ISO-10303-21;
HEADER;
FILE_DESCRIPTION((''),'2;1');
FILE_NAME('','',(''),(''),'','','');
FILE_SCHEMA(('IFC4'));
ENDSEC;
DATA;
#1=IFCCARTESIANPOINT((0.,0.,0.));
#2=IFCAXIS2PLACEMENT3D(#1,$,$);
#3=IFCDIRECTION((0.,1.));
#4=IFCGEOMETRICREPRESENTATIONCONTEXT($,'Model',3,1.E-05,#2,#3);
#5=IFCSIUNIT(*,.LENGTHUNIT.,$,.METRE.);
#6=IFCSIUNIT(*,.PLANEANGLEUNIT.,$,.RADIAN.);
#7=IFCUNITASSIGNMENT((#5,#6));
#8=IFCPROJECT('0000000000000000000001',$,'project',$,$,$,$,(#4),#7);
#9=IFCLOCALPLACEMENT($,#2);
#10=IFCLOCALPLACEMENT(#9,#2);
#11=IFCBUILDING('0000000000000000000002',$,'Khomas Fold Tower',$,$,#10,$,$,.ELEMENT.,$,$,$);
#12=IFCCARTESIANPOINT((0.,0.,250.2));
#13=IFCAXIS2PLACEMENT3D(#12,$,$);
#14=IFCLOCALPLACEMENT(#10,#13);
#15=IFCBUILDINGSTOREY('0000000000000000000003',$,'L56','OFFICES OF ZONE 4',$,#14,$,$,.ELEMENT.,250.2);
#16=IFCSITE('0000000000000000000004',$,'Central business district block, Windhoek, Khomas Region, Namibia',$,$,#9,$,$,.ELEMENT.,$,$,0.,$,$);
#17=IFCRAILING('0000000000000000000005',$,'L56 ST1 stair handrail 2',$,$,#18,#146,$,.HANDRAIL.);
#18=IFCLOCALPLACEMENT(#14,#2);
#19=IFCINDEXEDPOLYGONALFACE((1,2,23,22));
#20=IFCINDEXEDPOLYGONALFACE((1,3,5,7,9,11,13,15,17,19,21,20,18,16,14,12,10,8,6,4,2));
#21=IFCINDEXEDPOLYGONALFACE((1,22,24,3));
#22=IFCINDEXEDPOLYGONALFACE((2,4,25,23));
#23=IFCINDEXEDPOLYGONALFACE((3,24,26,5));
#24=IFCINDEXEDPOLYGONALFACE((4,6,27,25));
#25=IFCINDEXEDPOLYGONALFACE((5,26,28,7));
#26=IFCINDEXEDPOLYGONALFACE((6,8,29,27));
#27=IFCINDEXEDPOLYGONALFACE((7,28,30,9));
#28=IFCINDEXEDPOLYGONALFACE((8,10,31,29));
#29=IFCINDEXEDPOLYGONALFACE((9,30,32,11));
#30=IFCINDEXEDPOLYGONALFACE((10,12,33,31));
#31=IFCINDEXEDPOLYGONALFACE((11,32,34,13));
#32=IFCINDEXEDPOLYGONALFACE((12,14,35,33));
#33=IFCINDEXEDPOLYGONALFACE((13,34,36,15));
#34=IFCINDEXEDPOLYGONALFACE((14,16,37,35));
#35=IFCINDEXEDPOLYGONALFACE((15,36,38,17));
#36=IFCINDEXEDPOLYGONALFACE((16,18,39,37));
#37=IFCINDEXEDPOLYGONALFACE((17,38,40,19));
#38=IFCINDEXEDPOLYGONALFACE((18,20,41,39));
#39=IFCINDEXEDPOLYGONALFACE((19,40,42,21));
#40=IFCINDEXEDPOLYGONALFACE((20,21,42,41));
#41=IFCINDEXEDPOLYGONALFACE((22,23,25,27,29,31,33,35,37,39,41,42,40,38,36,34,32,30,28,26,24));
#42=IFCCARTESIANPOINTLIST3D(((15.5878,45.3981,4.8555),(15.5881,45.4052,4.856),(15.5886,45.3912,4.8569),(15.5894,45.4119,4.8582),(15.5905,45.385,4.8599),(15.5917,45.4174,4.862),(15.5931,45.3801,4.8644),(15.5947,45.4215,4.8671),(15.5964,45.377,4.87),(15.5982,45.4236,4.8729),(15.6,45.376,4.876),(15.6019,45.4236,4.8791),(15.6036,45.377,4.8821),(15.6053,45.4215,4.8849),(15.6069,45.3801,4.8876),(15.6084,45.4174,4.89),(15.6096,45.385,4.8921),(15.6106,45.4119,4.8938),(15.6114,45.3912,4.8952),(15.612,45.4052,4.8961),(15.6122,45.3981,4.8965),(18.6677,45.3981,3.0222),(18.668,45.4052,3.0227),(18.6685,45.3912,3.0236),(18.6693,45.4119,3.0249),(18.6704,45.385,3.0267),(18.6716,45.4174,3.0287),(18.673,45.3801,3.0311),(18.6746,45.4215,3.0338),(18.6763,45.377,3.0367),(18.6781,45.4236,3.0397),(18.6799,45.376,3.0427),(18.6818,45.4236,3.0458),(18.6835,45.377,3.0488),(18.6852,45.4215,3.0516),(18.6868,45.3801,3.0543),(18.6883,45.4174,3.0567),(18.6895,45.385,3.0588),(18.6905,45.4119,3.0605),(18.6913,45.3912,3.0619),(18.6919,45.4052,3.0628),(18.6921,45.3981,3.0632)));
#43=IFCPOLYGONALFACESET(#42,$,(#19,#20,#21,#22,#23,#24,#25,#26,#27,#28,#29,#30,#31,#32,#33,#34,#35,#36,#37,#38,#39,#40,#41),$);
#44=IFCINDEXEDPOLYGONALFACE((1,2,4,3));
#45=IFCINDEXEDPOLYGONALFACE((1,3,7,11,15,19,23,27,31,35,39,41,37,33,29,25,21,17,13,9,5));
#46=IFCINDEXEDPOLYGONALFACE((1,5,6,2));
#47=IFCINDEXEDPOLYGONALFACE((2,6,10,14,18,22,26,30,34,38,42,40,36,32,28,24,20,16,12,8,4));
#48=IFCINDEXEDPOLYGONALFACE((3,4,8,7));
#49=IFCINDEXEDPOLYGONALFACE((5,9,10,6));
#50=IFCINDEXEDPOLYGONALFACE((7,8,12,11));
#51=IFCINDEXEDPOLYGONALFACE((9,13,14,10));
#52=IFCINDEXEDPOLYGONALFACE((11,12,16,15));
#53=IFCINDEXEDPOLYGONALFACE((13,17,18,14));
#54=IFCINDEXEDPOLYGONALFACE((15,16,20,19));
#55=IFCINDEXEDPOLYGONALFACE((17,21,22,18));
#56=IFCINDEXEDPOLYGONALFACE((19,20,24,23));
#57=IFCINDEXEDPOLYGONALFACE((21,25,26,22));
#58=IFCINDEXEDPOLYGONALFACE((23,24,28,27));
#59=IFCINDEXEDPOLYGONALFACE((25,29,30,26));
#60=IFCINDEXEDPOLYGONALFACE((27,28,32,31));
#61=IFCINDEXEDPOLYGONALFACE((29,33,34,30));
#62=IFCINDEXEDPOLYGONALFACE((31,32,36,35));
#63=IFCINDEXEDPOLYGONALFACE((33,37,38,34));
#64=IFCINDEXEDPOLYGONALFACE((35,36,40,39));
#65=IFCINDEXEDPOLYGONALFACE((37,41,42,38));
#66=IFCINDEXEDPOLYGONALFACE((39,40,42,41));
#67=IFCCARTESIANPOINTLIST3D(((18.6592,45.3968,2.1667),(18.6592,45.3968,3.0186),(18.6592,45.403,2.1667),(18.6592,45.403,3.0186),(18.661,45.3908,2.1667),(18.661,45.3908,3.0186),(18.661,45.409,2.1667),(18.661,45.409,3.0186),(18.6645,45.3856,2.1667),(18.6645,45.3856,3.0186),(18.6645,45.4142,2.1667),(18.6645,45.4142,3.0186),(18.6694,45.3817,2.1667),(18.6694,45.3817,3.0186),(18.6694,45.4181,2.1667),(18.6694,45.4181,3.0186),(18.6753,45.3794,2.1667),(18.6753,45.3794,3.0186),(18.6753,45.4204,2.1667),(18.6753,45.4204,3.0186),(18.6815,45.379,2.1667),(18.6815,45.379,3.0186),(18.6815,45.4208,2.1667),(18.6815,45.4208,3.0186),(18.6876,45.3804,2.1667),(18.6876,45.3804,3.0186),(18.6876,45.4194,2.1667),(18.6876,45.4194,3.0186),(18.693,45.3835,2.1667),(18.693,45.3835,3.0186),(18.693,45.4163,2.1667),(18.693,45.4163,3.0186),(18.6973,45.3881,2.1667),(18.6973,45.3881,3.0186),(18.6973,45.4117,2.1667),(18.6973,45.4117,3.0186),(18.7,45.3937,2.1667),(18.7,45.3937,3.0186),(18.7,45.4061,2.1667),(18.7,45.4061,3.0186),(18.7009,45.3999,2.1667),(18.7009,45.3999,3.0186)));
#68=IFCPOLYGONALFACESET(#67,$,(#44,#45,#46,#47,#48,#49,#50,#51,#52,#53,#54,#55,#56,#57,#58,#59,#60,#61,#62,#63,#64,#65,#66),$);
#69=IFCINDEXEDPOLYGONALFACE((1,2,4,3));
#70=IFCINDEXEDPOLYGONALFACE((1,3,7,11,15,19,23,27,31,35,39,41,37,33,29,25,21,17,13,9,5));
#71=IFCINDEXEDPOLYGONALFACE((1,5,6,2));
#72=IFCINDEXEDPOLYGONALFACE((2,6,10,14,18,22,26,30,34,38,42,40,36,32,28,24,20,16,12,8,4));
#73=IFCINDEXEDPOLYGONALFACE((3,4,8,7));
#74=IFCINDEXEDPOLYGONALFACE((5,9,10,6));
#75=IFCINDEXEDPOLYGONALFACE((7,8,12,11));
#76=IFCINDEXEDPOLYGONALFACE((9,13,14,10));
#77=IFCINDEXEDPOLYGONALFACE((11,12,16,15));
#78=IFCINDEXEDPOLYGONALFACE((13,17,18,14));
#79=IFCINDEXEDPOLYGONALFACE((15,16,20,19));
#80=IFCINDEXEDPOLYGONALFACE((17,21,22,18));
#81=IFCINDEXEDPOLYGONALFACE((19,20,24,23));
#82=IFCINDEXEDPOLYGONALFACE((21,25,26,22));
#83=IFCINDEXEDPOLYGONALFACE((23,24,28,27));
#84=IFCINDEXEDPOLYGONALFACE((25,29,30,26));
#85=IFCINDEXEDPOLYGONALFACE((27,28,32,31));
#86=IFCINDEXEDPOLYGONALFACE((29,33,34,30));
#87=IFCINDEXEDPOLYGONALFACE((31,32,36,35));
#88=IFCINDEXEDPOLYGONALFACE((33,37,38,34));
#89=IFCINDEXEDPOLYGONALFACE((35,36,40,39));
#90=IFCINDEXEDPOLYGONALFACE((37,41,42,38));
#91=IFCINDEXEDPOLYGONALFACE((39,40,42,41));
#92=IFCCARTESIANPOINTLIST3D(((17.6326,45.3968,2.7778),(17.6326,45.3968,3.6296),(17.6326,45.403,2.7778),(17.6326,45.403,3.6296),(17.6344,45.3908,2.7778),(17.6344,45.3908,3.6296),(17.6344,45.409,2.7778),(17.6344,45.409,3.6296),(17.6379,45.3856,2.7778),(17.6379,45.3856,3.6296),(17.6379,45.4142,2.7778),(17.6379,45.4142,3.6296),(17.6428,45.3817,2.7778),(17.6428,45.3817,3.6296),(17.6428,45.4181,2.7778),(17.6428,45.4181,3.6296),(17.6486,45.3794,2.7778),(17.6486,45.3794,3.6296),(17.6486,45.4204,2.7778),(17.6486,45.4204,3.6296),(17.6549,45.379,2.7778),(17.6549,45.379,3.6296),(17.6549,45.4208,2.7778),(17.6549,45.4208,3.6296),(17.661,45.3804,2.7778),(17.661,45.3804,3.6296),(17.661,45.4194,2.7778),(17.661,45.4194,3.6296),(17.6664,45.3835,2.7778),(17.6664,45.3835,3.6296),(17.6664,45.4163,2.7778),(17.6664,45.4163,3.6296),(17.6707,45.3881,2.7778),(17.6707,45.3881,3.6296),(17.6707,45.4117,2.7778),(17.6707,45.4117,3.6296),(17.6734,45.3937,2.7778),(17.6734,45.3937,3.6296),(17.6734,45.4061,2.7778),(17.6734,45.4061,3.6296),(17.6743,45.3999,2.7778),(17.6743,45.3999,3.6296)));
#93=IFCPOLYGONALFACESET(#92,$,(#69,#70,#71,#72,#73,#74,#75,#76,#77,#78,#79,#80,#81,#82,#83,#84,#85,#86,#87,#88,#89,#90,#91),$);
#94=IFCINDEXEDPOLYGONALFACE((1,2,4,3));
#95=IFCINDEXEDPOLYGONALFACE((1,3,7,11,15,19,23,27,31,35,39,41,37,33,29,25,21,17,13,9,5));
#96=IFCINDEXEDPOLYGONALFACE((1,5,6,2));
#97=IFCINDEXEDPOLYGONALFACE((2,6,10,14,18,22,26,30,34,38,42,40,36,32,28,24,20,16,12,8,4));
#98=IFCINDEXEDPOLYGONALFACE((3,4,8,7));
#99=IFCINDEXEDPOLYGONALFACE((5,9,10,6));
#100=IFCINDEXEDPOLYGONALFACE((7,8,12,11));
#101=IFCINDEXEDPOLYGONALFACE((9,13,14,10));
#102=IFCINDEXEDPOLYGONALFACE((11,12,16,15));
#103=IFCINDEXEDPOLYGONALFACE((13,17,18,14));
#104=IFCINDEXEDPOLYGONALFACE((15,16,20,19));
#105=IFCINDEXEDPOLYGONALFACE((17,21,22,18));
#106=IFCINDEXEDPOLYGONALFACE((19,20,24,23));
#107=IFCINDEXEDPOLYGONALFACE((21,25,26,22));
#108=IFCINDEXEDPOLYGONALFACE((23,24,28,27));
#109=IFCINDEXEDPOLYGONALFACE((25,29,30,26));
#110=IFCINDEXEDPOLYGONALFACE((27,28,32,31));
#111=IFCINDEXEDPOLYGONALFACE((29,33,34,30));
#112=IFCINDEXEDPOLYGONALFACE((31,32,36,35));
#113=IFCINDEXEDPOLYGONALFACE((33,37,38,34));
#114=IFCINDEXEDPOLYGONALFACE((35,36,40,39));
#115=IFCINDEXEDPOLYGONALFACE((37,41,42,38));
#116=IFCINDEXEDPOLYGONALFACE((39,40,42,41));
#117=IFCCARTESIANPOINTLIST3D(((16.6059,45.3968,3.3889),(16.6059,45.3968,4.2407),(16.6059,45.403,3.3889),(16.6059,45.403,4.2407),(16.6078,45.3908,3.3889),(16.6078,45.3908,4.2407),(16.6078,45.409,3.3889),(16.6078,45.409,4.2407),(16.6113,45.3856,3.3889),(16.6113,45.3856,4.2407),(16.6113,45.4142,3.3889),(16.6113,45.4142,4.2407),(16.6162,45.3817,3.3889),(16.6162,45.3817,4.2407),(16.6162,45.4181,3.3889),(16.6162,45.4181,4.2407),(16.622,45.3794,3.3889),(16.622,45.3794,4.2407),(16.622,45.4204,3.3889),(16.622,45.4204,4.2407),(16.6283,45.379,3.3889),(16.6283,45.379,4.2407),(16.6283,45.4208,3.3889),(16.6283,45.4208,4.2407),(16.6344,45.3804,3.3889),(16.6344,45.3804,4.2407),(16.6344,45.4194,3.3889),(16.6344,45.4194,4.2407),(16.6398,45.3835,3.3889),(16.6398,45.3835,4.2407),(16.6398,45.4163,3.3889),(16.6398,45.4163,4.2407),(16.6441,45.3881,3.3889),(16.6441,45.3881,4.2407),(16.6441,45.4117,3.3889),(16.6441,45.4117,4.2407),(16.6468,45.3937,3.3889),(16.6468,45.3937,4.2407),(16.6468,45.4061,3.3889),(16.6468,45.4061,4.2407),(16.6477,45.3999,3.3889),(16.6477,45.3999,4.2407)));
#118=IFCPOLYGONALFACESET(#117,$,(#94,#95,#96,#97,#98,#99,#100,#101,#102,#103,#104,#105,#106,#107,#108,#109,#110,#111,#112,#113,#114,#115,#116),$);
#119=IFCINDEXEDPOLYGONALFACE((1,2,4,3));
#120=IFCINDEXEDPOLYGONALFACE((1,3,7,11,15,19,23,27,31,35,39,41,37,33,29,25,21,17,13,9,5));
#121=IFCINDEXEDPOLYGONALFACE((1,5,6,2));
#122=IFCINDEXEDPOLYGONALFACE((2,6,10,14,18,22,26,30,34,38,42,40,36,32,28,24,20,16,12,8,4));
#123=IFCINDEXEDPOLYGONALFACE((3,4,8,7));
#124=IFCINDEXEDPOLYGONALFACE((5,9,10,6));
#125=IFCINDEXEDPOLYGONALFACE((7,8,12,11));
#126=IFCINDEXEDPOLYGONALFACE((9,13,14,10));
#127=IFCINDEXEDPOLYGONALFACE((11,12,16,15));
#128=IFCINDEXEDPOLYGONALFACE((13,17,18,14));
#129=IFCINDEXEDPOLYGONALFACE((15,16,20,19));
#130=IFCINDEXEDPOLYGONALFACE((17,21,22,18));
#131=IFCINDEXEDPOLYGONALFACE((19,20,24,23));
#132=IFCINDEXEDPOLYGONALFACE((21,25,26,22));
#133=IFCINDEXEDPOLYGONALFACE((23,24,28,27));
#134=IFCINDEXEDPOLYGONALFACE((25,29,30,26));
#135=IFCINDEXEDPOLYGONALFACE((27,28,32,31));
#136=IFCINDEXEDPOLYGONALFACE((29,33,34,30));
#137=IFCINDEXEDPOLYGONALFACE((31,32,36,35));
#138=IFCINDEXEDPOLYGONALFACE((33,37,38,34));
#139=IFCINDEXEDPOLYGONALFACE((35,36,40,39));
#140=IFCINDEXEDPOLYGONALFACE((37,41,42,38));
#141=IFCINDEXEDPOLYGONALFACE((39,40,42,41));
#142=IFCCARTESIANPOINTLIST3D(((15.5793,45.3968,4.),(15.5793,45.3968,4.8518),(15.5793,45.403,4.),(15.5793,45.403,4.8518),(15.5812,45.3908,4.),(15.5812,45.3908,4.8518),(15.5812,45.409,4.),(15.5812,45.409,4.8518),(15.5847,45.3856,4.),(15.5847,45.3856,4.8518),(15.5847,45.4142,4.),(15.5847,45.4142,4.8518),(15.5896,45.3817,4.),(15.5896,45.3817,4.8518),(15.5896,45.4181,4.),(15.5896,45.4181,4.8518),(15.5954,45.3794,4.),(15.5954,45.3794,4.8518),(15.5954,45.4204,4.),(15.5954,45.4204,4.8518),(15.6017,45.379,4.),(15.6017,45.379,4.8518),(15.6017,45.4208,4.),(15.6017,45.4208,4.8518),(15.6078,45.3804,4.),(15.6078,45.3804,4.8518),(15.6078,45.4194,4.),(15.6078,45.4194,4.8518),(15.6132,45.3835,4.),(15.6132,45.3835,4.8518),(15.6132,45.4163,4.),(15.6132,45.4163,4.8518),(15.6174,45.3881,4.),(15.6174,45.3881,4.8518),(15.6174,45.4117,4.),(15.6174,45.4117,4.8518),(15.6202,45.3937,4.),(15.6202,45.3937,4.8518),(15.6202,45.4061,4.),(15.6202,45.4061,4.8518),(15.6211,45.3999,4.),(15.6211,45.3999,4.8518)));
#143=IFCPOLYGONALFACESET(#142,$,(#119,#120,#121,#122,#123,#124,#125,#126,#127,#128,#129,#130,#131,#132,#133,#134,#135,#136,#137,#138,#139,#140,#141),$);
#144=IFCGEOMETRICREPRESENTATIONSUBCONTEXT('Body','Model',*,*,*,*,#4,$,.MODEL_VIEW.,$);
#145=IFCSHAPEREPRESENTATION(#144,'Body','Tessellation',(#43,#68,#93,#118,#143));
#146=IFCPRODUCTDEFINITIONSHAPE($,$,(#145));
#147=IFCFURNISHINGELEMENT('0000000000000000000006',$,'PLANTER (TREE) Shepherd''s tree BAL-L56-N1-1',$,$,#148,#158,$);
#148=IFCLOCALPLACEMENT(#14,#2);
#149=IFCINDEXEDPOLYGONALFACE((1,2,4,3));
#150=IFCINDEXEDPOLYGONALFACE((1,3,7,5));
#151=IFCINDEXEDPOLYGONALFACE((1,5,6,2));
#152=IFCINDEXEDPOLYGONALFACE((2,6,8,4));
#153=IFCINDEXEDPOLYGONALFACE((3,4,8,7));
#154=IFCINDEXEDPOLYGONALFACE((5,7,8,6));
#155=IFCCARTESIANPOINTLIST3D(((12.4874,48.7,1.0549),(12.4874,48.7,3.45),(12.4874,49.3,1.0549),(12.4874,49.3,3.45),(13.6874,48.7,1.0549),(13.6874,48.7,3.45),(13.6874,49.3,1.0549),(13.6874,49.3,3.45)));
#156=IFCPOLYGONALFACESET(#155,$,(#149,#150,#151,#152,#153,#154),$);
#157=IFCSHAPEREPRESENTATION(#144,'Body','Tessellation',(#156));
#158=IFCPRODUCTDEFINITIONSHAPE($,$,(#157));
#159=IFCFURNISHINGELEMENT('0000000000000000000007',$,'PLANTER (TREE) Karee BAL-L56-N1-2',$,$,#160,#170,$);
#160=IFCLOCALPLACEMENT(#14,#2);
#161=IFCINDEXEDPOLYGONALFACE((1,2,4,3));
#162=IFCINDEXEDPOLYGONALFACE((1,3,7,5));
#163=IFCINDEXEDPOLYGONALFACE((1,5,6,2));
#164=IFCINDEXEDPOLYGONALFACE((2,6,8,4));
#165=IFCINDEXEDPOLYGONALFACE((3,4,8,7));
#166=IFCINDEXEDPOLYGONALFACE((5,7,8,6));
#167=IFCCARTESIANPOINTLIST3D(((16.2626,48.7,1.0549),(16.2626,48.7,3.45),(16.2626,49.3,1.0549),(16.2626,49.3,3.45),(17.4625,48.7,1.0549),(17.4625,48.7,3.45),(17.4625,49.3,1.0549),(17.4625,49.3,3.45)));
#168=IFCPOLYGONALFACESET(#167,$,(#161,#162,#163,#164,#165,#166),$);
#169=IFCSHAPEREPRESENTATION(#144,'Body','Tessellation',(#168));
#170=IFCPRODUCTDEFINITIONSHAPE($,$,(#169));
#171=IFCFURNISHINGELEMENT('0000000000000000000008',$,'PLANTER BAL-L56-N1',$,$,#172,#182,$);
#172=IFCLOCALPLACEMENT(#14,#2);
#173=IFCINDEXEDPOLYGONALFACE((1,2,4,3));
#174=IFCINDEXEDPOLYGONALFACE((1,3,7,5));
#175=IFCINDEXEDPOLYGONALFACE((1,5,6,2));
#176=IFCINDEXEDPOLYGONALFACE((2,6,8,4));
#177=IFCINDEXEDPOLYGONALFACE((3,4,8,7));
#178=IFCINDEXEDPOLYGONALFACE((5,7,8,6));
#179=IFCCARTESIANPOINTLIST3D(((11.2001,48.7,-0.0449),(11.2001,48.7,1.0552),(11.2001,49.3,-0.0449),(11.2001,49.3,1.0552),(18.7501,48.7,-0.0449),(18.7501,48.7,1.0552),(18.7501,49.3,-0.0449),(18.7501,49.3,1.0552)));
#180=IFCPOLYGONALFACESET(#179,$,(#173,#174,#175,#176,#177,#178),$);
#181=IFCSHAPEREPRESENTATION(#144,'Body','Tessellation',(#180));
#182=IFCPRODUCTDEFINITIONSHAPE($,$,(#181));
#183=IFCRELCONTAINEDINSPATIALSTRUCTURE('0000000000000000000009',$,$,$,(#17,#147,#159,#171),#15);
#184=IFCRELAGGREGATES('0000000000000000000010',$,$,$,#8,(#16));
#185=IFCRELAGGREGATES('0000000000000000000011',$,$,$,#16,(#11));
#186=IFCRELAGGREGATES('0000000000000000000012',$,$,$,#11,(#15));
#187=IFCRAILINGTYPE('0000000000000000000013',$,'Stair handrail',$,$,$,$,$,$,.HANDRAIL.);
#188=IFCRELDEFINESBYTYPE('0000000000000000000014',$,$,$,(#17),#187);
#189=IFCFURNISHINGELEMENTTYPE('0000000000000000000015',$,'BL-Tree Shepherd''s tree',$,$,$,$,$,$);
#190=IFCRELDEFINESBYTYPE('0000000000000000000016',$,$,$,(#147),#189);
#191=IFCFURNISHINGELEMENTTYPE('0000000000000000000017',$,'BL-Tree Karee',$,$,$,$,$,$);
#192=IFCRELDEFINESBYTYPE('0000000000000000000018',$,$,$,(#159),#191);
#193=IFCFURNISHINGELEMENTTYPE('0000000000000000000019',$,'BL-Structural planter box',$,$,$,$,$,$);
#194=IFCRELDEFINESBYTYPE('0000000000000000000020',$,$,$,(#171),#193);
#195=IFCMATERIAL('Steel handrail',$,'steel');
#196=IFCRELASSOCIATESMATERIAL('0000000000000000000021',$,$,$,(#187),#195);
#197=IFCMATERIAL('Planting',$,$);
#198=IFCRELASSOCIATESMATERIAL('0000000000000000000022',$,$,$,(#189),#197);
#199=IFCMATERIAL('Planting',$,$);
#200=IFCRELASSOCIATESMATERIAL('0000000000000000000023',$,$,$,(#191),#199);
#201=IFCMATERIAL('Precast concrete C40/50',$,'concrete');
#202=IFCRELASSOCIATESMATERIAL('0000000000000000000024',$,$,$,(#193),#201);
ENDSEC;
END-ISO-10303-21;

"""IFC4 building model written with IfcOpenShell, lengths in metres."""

from ifc_helpers import new_model, si_unit, direction, frame, origin, origin_2d, place, context, subcontext, project, spatial, rectangle, circle, extrude, source, transform, mapped, material, type_object, element, save


model = new_model("IFC4")

# Units and contexts
model_context = context("Model", 3, precision=1e-05, world=origin(), true_north=direction((0.0, 1.0)))
body_context = subcontext(model_context, "Body", "Model", "MODEL_VIEW")
ifc_project = project(units=[si_unit("LENGTHUNIT", "METRE"), si_unit("PLANEANGLEUNIT", "RADIAN")], contexts=[model_context])

# Site, building, storey
site_placement = place(None, origin())
site = spatial("IfcSite", under=ifc_project, at=site_placement, Name="Central business district block, Windhoek, Khomas Region, Namibia", CompositionType="ELEMENT", RefElevation=0.0)
building_placement = place(site_placement, origin())
building = spatial("IfcBuilding", under=site, at=building_placement, Name="Khomas Fold Tower", CompositionType="ELEMENT")
storey_placement = place(building_placement, frame((0.0, 0.0, 250.2)))
storey = spatial("IfcBuildingStorey", under=building, at=storey_placement, Name="L56", Description="OFFICES OF ZONE 4", CompositionType="ELEMENT", Elevation=250.2)

# Railing
ifc_material_1 = material(Name="Steel handrail", Category="steel")
railing_type_1 = type_object("IfcRailingType", Name="Stair handrail", PredefinedType="HANDRAIL", material=ifc_material_1)
shared_shape_1 = source(origin(), body_context, "Body", "SweptSolid", [
    extrude(circle(Radius=0.0239, at=origin_2d()), frame((0.0, 0.0, 0.876), z_axis=(-0.859291, 0.0, 0.511487), x_axis=(0.0, -1.0, 0.0)), (0.0, 0.0, 1.0), 3.5842),
    extrude(circle(Radius=0.021, at=origin_2d()), origin(), (0.0, 0.0, 1.0), 0.8518),
    extrude(circle(Radius=0.021, at=origin_2d()), frame((-1.0266, 0.0, 0.6111)), (0.0, 0.0, 1.0), 0.8518),
    extrude(circle(Radius=0.021, at=origin_2d()), frame((-2.0532, 0.0, 1.2222)), (0.0, 0.0, 1.0), 0.8518),
    extrude(circle(Radius=0.021, at=origin_2d()), frame((-3.0798, 0.0, 1.8333)), (0.0, 0.0, 1.0), 0.8518),
])
railing_1_placement = place(storey_placement, frame((18.6799, 45.3999, 2.1667)))
element("IfcRailing", 1, at=railing_1_placement, inside=storey, type_object=railing_type_1, Name="L56 ST1 stair handrail 2", PredefinedType="HANDRAIL", context=body_context, shape_type="MappedRepresentation", body=[
    mapped(shared_shape_1, transform((0.0, 0.0, 0.0))),
])

# Furnishing elements
ifc_material_2 = material(Name="Planting")
furnishing_element_type_1 = type_object("IfcFurnishingElementType", Name="BL-Tree Shepherd's tree", material=ifc_material_2)
shared_shape_2 = source(origin(), body_context, "Body", "SweptSolid", [
    extrude(rectangle(XDim=1.2, YDim=0.6001, at=origin_2d()), origin(), (0.0, 0.0, 1.0), 2.395),
])
furnishing_1_placement = place(storey_placement, frame((13.0874, 49.0, 1.0549), z_axis=(0.0, 0.0, 1.0), x_axis=(1.0, 0.0, 0.0)))
element("IfcFurnishingElement", 2, at=furnishing_1_placement, inside=storey, type_object=furnishing_element_type_1, Name="PLANTER (TREE) Shepherd's tree BAL-L56-N1-1", context=body_context, shape_type="MappedRepresentation", body=[
    mapped(shared_shape_2, transform((0.0, 0.0, 0.0))),
])
ifc_material_3 = material(Name="Planting")
furnishing_element_type_2 = type_object("IfcFurnishingElementType", Name="BL-Tree Karee", material=ifc_material_3)
furnishing_2_placement = place(storey_placement, frame((16.8625, 49.0, 1.0549), z_axis=(0.0, 0.0, 1.0), x_axis=(1.0, 0.0, 0.0)))
element("IfcFurnishingElement", 3, at=furnishing_2_placement, inside=storey, type_object=furnishing_element_type_2, Name="PLANTER (TREE) Karee BAL-L56-N1-2", context=body_context, shape_type="MappedRepresentation", body=[
    mapped(shared_shape_2, transform((0.0, 0.0, 0.0))),
])
ifc_material_4 = material(Name="Precast concrete C40/50", Category="concrete")
furnishing_element_type_3 = type_object("IfcFurnishingElementType", Name="BL-Structural planter box", material=ifc_material_4)
shared_shape_3 = source(origin(), body_context, "Body", "SweptSolid", [
    extrude(rectangle(XDim=7.55, YDim=0.6001, at=origin_2d()), origin(), (0.0, 0.0, 1.0), 1.1001),
])
furnishing_3_placement = place(storey_placement, frame((14.9751, 49.0, -0.0449), z_axis=(0.0, 0.0, 1.0), x_axis=(1.0, 0.0, 0.0)))
element("IfcFurnishingElement", 4, at=furnishing_3_placement, inside=storey, type_object=furnishing_element_type_3, Name="PLANTER BAL-L56-N1", context=body_context, shape_type="MappedRepresentation", body=[
    mapped(shared_shape_3, transform((0.0, 0.0, 0.0))),
])

save(model, "model.ifc")
